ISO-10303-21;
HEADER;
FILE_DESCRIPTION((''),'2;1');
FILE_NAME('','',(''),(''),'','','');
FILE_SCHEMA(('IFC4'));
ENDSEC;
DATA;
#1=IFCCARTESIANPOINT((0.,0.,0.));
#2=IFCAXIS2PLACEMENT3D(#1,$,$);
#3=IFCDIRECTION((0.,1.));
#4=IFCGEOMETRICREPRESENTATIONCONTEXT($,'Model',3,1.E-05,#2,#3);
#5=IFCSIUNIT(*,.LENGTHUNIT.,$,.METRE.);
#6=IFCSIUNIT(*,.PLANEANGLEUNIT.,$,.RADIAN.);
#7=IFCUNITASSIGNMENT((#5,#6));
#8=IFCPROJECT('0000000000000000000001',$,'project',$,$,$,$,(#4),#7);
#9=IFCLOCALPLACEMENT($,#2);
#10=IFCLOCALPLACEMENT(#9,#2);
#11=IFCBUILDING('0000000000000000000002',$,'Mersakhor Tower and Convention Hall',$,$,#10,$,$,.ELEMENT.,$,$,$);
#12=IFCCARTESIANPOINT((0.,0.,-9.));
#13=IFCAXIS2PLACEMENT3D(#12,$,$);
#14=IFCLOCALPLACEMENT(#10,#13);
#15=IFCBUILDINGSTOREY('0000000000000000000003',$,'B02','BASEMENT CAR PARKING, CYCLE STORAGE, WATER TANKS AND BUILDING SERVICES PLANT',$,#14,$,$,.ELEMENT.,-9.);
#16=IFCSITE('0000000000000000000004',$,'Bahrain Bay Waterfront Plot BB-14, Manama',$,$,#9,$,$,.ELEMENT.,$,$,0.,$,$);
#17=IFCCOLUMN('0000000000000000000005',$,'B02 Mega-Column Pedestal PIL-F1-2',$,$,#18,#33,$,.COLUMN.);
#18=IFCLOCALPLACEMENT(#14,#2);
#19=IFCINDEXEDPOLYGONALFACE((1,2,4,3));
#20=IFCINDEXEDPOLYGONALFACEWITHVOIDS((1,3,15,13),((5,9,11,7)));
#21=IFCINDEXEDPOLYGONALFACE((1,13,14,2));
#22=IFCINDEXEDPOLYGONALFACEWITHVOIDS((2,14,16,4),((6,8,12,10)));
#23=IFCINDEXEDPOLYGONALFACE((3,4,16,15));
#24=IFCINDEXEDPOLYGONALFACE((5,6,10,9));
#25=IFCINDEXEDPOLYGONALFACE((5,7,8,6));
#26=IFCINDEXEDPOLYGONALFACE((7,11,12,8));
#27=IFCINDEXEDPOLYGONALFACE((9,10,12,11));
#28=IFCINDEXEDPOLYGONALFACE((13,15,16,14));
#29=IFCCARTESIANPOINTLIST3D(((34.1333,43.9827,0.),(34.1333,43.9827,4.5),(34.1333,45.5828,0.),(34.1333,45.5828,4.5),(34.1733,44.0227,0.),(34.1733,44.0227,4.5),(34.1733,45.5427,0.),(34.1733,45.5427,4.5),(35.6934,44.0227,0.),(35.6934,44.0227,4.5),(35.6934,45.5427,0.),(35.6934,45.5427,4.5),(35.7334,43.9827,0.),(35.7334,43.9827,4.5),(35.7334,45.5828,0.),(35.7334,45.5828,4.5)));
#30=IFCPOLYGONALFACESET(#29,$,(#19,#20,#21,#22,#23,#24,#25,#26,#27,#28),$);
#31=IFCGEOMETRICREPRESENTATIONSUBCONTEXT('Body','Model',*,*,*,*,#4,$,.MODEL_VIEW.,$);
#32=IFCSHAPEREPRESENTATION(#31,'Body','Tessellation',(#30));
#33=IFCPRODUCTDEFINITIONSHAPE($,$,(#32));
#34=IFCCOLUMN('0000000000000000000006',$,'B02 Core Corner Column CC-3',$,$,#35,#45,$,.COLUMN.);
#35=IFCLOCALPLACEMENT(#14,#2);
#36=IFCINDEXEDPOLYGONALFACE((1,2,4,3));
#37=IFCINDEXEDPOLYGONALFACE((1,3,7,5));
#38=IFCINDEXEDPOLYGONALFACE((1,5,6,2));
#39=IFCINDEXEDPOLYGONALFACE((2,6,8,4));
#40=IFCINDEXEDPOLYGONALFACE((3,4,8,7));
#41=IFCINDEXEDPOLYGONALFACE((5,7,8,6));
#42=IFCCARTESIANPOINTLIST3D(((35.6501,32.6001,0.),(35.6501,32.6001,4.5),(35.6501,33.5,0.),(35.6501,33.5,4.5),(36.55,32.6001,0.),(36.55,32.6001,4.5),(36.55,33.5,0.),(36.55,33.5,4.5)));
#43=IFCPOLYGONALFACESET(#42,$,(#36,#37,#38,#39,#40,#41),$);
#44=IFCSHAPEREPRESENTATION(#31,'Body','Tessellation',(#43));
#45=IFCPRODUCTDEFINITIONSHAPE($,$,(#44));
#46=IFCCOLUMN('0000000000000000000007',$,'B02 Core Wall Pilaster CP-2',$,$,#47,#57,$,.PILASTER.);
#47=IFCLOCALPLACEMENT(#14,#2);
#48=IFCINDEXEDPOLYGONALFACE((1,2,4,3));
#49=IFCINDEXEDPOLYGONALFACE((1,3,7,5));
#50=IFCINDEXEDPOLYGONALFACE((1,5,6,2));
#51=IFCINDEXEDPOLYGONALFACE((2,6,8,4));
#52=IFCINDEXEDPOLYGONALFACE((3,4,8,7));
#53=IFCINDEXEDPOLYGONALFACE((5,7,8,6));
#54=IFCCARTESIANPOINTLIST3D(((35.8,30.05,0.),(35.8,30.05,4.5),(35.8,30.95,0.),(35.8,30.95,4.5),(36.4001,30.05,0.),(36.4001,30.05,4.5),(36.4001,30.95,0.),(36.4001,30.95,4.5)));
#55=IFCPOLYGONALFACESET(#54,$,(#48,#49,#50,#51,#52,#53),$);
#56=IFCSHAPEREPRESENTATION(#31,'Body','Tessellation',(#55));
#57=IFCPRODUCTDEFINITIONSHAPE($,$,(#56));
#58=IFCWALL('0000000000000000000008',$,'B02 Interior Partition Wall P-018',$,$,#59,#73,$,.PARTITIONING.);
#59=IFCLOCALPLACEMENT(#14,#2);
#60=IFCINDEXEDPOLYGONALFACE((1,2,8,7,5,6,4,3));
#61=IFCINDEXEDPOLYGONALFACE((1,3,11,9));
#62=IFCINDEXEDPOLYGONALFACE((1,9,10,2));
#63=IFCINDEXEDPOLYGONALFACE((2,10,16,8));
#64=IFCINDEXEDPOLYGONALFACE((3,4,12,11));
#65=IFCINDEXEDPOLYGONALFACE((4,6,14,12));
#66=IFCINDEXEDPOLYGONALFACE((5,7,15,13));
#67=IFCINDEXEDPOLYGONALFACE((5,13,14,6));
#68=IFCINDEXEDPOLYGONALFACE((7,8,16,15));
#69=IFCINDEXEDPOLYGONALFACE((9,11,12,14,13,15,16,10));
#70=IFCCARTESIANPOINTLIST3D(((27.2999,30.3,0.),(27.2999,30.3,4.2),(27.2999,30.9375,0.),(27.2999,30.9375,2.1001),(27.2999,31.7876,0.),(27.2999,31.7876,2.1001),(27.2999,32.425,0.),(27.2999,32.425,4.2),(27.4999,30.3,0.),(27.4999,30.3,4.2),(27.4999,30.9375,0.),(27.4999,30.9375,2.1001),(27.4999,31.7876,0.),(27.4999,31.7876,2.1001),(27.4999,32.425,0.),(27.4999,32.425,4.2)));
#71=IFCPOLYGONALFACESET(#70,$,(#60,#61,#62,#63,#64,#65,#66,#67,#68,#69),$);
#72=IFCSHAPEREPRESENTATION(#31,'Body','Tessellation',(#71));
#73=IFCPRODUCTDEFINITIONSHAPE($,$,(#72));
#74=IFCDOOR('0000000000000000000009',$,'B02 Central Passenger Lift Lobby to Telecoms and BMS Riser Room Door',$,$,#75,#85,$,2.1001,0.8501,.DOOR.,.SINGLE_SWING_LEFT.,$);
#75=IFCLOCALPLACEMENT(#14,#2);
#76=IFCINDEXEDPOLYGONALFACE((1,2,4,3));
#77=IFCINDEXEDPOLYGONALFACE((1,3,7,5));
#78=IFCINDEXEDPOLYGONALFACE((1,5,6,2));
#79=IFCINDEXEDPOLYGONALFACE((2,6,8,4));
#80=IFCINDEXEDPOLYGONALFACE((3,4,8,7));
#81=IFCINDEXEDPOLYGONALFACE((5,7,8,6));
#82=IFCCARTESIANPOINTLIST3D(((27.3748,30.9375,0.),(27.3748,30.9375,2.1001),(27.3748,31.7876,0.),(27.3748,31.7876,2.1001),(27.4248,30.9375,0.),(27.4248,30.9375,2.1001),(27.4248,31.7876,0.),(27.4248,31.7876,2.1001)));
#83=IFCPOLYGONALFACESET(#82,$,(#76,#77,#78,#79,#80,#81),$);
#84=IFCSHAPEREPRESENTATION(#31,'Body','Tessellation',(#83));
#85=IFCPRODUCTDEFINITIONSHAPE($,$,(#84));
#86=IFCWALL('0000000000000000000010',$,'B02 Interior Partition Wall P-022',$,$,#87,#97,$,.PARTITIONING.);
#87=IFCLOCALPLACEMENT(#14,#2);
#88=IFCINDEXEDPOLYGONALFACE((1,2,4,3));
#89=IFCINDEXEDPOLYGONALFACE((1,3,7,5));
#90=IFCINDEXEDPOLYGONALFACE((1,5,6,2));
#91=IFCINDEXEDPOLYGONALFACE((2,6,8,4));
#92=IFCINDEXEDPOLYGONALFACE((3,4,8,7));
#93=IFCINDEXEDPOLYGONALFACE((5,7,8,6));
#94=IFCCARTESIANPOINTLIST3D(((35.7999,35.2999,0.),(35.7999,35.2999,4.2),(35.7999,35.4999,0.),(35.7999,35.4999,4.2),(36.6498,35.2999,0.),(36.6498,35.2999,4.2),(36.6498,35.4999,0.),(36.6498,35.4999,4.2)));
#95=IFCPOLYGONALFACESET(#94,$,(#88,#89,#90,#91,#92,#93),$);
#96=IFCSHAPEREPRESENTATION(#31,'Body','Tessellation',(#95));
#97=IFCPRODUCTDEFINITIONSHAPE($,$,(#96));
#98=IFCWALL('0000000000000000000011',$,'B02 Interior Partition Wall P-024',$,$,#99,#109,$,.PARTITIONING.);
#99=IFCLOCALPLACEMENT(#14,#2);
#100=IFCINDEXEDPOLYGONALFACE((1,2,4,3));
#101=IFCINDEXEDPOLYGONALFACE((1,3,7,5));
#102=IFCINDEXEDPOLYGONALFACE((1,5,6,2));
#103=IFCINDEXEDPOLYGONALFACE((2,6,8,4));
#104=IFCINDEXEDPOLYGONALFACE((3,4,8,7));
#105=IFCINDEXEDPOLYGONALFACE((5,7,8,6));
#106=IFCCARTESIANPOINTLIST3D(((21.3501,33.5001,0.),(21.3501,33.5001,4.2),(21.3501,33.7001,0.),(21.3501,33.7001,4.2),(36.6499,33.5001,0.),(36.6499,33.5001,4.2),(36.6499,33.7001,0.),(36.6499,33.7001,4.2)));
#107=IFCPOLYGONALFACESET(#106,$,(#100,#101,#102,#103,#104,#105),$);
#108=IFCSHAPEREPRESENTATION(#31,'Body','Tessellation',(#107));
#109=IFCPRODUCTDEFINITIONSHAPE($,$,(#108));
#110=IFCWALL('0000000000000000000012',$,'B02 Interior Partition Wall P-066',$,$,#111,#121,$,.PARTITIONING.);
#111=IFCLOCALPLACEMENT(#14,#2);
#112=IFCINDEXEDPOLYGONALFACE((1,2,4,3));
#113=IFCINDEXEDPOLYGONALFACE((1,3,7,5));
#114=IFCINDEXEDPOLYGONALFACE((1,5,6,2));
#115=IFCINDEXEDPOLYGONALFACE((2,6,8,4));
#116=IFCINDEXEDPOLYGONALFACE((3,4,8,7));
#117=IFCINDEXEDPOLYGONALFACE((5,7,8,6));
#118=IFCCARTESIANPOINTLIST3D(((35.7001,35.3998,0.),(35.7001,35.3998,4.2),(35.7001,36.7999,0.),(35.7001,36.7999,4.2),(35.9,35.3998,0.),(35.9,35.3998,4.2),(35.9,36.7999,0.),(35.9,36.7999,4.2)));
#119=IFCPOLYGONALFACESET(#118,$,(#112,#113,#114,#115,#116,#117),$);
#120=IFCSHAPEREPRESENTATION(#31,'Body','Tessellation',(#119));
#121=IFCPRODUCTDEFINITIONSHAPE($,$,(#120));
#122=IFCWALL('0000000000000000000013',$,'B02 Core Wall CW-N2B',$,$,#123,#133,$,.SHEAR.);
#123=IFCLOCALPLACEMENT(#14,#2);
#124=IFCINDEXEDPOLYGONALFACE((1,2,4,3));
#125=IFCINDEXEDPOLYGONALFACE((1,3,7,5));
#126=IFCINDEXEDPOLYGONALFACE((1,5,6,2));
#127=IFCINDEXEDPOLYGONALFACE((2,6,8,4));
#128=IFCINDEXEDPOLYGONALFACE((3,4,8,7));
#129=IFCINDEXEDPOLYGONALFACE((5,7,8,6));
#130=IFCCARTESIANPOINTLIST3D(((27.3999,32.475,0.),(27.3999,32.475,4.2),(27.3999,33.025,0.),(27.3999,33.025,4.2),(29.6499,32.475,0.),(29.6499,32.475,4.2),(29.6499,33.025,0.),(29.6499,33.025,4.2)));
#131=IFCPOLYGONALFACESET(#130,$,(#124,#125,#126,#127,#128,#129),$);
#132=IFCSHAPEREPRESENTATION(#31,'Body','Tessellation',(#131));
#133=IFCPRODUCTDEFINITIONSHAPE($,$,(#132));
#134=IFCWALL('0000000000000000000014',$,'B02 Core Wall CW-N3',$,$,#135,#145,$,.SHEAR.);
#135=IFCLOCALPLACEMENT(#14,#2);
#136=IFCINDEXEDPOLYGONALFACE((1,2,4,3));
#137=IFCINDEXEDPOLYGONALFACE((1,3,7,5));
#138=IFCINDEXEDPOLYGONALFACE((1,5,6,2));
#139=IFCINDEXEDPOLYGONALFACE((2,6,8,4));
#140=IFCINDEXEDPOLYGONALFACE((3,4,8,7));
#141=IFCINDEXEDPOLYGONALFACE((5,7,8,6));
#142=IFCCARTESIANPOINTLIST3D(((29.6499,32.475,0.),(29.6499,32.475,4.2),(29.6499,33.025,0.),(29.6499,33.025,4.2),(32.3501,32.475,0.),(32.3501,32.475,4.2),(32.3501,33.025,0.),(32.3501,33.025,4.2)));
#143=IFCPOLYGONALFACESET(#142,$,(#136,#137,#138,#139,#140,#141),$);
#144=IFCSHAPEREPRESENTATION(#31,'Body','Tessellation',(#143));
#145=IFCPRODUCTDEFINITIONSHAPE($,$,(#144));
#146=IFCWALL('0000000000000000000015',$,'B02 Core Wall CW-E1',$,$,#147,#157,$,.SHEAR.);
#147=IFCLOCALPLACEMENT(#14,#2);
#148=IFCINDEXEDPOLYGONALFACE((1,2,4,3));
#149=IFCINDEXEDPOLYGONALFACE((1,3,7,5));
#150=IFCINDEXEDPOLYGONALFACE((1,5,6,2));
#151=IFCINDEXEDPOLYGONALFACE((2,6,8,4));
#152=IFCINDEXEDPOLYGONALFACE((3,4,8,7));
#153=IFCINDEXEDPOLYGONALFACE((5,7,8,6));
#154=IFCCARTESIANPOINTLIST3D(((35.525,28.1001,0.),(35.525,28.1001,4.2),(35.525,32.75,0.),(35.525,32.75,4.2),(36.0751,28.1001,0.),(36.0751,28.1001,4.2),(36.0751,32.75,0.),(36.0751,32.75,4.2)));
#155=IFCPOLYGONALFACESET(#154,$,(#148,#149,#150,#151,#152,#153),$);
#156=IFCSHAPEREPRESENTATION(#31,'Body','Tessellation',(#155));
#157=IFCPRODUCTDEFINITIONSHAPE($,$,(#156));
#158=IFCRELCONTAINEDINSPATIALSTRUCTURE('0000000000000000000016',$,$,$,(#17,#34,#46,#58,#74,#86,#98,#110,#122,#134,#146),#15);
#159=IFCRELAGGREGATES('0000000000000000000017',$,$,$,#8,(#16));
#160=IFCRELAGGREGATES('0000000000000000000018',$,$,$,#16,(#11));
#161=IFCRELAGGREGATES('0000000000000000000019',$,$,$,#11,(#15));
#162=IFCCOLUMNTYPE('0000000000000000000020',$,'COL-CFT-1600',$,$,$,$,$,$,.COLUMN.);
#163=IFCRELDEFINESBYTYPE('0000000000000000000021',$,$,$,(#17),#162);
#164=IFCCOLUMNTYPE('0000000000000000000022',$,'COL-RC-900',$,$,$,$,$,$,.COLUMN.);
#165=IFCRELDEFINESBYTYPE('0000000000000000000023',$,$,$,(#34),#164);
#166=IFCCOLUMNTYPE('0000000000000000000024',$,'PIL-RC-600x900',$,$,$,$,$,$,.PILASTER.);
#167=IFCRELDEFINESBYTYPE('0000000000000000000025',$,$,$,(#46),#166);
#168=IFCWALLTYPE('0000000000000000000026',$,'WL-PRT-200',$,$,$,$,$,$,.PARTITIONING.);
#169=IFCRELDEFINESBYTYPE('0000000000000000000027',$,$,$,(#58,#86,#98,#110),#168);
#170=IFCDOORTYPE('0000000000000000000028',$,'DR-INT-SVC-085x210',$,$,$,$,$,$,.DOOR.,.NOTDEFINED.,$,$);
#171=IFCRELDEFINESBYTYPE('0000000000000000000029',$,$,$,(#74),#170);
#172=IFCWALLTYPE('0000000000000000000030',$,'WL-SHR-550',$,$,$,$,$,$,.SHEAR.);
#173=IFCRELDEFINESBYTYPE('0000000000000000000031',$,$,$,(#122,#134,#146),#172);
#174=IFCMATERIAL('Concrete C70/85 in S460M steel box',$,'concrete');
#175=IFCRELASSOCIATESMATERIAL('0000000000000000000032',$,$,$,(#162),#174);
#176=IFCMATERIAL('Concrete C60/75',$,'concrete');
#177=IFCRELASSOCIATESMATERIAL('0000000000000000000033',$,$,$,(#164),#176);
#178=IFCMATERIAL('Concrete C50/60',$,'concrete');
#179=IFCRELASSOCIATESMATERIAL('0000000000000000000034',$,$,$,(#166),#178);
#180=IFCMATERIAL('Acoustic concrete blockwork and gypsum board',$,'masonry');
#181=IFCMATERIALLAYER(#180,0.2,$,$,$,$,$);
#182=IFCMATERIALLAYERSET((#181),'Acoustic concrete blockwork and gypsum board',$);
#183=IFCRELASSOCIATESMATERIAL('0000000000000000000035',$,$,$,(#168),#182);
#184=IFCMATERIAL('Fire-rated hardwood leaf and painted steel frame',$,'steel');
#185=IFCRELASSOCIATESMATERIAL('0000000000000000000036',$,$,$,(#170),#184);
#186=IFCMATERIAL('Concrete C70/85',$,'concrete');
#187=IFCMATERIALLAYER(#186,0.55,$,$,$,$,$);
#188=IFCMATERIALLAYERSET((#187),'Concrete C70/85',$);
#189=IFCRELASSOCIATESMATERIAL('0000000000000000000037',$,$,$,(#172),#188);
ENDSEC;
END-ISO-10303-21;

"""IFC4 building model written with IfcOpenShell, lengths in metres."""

from ifc_helpers import new_model, si_unit, direction, frame, frame_2d, origin, origin_2d, place, context, subcontext, project, spatial, rectangle, hollow_rectangle, extrude, material, layer, layer_set, material_profile, profile_set, type_object, element, fill, save


model = new_model("IFC4")

# Units and contexts
model_context = context("Model", 3, precision=1e-05, world=origin(), true_north=direction((0.0, 1.0)))
body_context = subcontext(model_context, "Body", "Model", "MODEL_VIEW")
ifc_project = project(units=[si_unit("LENGTHUNIT", "METRE"), si_unit("PLANEANGLEUNIT", "RADIAN")], contexts=[model_context])

# Site, building, storey
site_placement = place(None, origin())
site = spatial("IfcSite", under=ifc_project, at=site_placement, Name="Bahrain Bay Waterfront Plot BB-14, Manama", CompositionType="ELEMENT", RefElevation=0.0)
building_placement = place(site_placement, origin())
building = spatial("IfcBuilding", under=site, at=building_placement, Name="Mersakhor Tower and Convention Hall", CompositionType="ELEMENT")
storey_placement = place(building_placement, frame((0.0, 0.0, -9.0)))
storey = spatial("IfcBuildingStorey", under=building, at=storey_placement, Name="B02", Description="BASEMENT CAR PARKING, CYCLE STORAGE, WATER TANKS AND BUILDING SERVICES PLANT", CompositionType="ELEMENT", Elevation=-9.0)

# Columns
ifc_material_1 = material(Name="Concrete C70/85 in S460M steel box", Category="concrete")
ifc_material_profile_1 = material_profile(ifc_material_1, hollow_rectangle(XDim=1.6001, YDim=1.6001, WallThickness=0.04, at=origin_2d()), Name="SHS 1600x1600x40")
ifc_profile_set_1 = profile_set([ifc_material_profile_1], Name="Concrete C70/85 in S460M steel box")
column_type_1 = type_object("IfcColumnType", Name="COL-CFT-1600", PredefinedType="COLUMN", material=ifc_profile_set_1)
column_1_placement = place(storey_placement, frame((34.9333, 44.7827, 0.0), z_axis=(0.0, 0.0, 1.0), x_axis=(1.0, 0.0, 0.0)))
element("IfcColumn", 1, at=column_1_placement, inside=storey, type_object=column_type_1, Name="B02 Mega-Column Pedestal PIL-F1-2", PredefinedType="COLUMN", context=body_context, shape_type="SweptSolid", body=[
    extrude(hollow_rectangle(XDim=1.6001, YDim=1.6001, WallThickness=0.04, at=origin_2d()), origin(), (0.0, 0.0, 1.0), 4.5),
])
ifc_material_2 = material(Name="Concrete C60/75", Category="concrete")
ifc_material_profile_2 = material_profile(ifc_material_2, rectangle(XDim=0.8999, YDim=0.8999, at=origin_2d()), Name="RC 900x900")
ifc_profile_set_2 = profile_set([ifc_material_profile_2], Name="Concrete C60/75")
column_type_2 = type_object("IfcColumnType", Name="COL-RC-900", PredefinedType="COLUMN", material=ifc_profile_set_2)
column_2_placement = place(storey_placement, frame((36.1001, 33.05, 0.0), z_axis=(0.0, 0.0, 1.0), x_axis=(1.0, 0.0, 0.0)))
element("IfcColumn", 2, at=column_2_placement, inside=storey, type_object=column_type_2, Name="B02 Core Corner Column CC-3", PredefinedType="COLUMN", context=body_context, shape_type="SweptSolid", body=[
    extrude(rectangle(XDim=0.8999, YDim=0.8999, at=origin_2d()), origin(), (0.0, 0.0, 1.0), 4.5),
])
ifc_material_3 = material(Name="Concrete C50/60", Category="concrete")
ifc_material_profile_3 = material_profile(ifc_material_3, rectangle(XDim=0.6001, YDim=0.8999, at=origin_2d()), Name="RC 600x900")
ifc_profile_set_3 = profile_set([ifc_material_profile_3], Name="Concrete C50/60")
column_type_3 = type_object("IfcColumnType", Name="PIL-RC-600x900", PredefinedType="PILASTER", material=ifc_profile_set_3)
column_3_placement = place(storey_placement, frame((36.1001, 30.5, 0.0), z_axis=(0.0, 0.0, 1.0), x_axis=(1.0, 0.0, 0.0)))
element("IfcColumn", 3, at=column_3_placement, inside=storey, type_object=column_type_3, Name="B02 Core Wall Pilaster CP-2", PredefinedType="PILASTER", context=body_context, shape_type="SweptSolid", body=[
    extrude(rectangle(XDim=0.6001, YDim=0.8999, at=origin_2d()), origin(), (0.0, 0.0, 1.0), 4.5),
])

# Wall, opening, door
ifc_material_4 = material(Name="Acoustic concrete blockwork and gypsum board", Category="masonry")
ifc_layer_1 = layer(ifc_material_4, 0.2)
ifc_layer_set_1 = layer_set([ifc_layer_1], Name="Acoustic concrete blockwork and gypsum board")
wall_type_1 = type_object("IfcWallType", Name="WL-PRT-200", PredefinedType="PARTITIONING", material=ifc_layer_set_1)
wall_1_placement = place(storey_placement, frame((27.3999, 32.425, 0.0), z_axis=(0.0, 0.0, 1.0), x_axis=(0.0, -1.0, 0.0)))
wall_1 = element("IfcWall", 4, at=wall_1_placement, inside=storey, type_object=wall_type_1, Name="B02 Interior Partition Wall P-018", PredefinedType="PARTITIONING", context=body_context, shape_type="SweptSolid", body=[
    extrude(rectangle(XDim=2.125, YDim=0.2, at=frame_2d((1.0625, 0.0))), origin(), (0.0, 0.0, 1.0), 4.2),
])
opening_1_placement = place(wall_1_placement, frame((0.6375, 0.0, 0.0)))
opening_1 = element("IfcOpeningElement", 5, at=opening_1_placement, cuts=wall_1, PredefinedType="OPENING", context=body_context, shape_type="SweptSolid", body=[
    extrude(rectangle(XDim=0.8501, YDim=2.1001, at=frame_2d((0.425, 1.05))), frame((0.0, 0.1099, 0.0), z_axis=(0.0, -1.0, 0.0), x_axis=(1.0, 0.0, 0.0)), (0.0, 0.0, 1.0), 0.22),
])
ifc_material_5 = material(Name="Fire-rated hardwood leaf and painted steel frame", Category="steel")
door_type_1 = type_object("IfcDoorType", Name="DR-INT-SVC-085x210", OperationType="NOTDEFINED", PredefinedType="DOOR", material=ifc_material_5)
door_1_placement = place(opening_1_placement, origin())
door_1 = element("IfcDoor", 6, at=door_1_placement, inside=storey, type_object=door_type_1, Name="B02 Central Passenger Lift Lobby to Telecoms and BMS Riser Room Door", OperationType="SINGLE_SWING_LEFT", OverallHeight=2.1001, OverallWidth=0.8501, PredefinedType="DOOR", context=body_context, shape_type="SweptSolid", body=[
    extrude(rectangle(XDim=0.8501, YDim=2.1001, at=frame_2d((0.425, 1.05))), frame((0.0, 0.0249, 0.0), z_axis=(0.0, -1.0, 0.0), x_axis=(1.0, 0.0, 0.0)), (0.0, 0.0, 1.0), 0.05),
])
fill(opening_1, door_1)

# Wall
wall_2_placement = place(storey_placement, frame((35.8, 35.3999, 0.0), z_axis=(0.0, 0.0, 1.0), x_axis=(1.0, 0.0, 0.0)))
element("IfcWall", 7, at=wall_2_placement, inside=storey, type_object=wall_type_1, Name="B02 Interior Partition Wall P-022", PredefinedType="PARTITIONING", context=body_context, shape_type="SweptSolid", body=[
    extrude(rectangle(XDim=0.8499, YDim=0.2, at=frame_2d((0.4248, 0.0))), origin(), (0.0, 0.0, 1.0), 4.2),
])

# Walls
wall_3_placement = place(storey_placement, frame((36.6499, 33.6001, 0.0), z_axis=(0.0, 0.0, 1.0), x_axis=(-1.0, 0.0, 0.0)))
element("IfcWall", 8, at=wall_3_placement, inside=storey, type_object=wall_type_1, Name="B02 Interior Partition Wall P-024", PredefinedType="PARTITIONING", context=body_context, shape_type="SweptSolid", body=[
    extrude(rectangle(XDim=15.2998, YDim=0.2, at=frame_2d((7.6499, 0.0))), origin(), (0.0, 0.0, 1.0), 4.2),
])
wall_4_placement = place(storey_placement, frame((35.8, 36.8, 0.0), z_axis=(0.0, 0.0, 1.0), x_axis=(0.0, -1.0, 0.0)))
element("IfcWall", 9, at=wall_4_placement, inside=storey, type_object=wall_type_1, Name="B02 Interior Partition Wall P-066", PredefinedType="PARTITIONING", context=body_context, shape_type="SweptSolid", body=[
    extrude(rectangle(XDim=1.4001, YDim=0.2, at=frame_2d((0.7002, 0.0))), origin(), (0.0, 0.0, 1.0), 4.2),
])

# Shared definitions
ifc_material_6 = material(Name="Concrete C70/85", Category="concrete")
ifc_layer_2 = layer(ifc_material_6, 0.55)
ifc_layer_set_2 = layer_set([ifc_layer_2], Name="Concrete C70/85")
wall_type_2 = type_object("IfcWallType", Name="WL-SHR-550", PredefinedType="SHEAR", material=ifc_layer_set_2)

# Walls
wall_5_placement = place(storey_placement, frame((27.3999, 32.75, 0.0), z_axis=(0.0, 0.0, 1.0), x_axis=(1.0, 0.0, 0.0)))
element("IfcWall", 10, at=wall_5_placement, inside=storey, type_object=wall_type_2, Name="B02 Core Wall CW-N2B", PredefinedType="SHEAR", context=body_context, shape_type="SweptSolid", body=[
    extrude(rectangle(XDim=2.25, YDim=0.55, at=frame_2d((1.125, 0.0))), origin(), (0.0, 0.0, 1.0), 4.2),
])
wall_6_placement = place(storey_placement, frame((29.6499, 32.75, 0.0), z_axis=(0.0, 0.0, 1.0), x_axis=(1.0, 0.0, 0.0)))
element("IfcWall", 11, at=wall_6_placement, inside=storey, type_object=wall_type_2, Name="B02 Core Wall CW-N3", PredefinedType="SHEAR", context=body_context, shape_type="SweptSolid", body=[
    extrude(rectangle(XDim=2.7002, YDim=0.55, at=frame_2d((1.3501, 0.0))), origin(), (0.0, 0.0, 1.0), 4.2),
])

# Wall
wall_7_placement = place(storey_placement, frame((35.8, 32.75, 0.0), z_axis=(0.0, 0.0, 1.0), x_axis=(0.0, -1.0, 0.0)))
element("IfcWall", 12, at=wall_7_placement, inside=storey, type_object=wall_type_2, Name="B02 Core Wall CW-E1", PredefinedType="SHEAR", context=body_context, shape_type="SweptSolid", body=[
    extrude(rectangle(XDim=4.6499, YDim=0.55, at=frame_2d((2.325, 0.0))), origin(), (0.0, 0.0, 1.0), 4.2),
])

save(model, "model.ifc")
